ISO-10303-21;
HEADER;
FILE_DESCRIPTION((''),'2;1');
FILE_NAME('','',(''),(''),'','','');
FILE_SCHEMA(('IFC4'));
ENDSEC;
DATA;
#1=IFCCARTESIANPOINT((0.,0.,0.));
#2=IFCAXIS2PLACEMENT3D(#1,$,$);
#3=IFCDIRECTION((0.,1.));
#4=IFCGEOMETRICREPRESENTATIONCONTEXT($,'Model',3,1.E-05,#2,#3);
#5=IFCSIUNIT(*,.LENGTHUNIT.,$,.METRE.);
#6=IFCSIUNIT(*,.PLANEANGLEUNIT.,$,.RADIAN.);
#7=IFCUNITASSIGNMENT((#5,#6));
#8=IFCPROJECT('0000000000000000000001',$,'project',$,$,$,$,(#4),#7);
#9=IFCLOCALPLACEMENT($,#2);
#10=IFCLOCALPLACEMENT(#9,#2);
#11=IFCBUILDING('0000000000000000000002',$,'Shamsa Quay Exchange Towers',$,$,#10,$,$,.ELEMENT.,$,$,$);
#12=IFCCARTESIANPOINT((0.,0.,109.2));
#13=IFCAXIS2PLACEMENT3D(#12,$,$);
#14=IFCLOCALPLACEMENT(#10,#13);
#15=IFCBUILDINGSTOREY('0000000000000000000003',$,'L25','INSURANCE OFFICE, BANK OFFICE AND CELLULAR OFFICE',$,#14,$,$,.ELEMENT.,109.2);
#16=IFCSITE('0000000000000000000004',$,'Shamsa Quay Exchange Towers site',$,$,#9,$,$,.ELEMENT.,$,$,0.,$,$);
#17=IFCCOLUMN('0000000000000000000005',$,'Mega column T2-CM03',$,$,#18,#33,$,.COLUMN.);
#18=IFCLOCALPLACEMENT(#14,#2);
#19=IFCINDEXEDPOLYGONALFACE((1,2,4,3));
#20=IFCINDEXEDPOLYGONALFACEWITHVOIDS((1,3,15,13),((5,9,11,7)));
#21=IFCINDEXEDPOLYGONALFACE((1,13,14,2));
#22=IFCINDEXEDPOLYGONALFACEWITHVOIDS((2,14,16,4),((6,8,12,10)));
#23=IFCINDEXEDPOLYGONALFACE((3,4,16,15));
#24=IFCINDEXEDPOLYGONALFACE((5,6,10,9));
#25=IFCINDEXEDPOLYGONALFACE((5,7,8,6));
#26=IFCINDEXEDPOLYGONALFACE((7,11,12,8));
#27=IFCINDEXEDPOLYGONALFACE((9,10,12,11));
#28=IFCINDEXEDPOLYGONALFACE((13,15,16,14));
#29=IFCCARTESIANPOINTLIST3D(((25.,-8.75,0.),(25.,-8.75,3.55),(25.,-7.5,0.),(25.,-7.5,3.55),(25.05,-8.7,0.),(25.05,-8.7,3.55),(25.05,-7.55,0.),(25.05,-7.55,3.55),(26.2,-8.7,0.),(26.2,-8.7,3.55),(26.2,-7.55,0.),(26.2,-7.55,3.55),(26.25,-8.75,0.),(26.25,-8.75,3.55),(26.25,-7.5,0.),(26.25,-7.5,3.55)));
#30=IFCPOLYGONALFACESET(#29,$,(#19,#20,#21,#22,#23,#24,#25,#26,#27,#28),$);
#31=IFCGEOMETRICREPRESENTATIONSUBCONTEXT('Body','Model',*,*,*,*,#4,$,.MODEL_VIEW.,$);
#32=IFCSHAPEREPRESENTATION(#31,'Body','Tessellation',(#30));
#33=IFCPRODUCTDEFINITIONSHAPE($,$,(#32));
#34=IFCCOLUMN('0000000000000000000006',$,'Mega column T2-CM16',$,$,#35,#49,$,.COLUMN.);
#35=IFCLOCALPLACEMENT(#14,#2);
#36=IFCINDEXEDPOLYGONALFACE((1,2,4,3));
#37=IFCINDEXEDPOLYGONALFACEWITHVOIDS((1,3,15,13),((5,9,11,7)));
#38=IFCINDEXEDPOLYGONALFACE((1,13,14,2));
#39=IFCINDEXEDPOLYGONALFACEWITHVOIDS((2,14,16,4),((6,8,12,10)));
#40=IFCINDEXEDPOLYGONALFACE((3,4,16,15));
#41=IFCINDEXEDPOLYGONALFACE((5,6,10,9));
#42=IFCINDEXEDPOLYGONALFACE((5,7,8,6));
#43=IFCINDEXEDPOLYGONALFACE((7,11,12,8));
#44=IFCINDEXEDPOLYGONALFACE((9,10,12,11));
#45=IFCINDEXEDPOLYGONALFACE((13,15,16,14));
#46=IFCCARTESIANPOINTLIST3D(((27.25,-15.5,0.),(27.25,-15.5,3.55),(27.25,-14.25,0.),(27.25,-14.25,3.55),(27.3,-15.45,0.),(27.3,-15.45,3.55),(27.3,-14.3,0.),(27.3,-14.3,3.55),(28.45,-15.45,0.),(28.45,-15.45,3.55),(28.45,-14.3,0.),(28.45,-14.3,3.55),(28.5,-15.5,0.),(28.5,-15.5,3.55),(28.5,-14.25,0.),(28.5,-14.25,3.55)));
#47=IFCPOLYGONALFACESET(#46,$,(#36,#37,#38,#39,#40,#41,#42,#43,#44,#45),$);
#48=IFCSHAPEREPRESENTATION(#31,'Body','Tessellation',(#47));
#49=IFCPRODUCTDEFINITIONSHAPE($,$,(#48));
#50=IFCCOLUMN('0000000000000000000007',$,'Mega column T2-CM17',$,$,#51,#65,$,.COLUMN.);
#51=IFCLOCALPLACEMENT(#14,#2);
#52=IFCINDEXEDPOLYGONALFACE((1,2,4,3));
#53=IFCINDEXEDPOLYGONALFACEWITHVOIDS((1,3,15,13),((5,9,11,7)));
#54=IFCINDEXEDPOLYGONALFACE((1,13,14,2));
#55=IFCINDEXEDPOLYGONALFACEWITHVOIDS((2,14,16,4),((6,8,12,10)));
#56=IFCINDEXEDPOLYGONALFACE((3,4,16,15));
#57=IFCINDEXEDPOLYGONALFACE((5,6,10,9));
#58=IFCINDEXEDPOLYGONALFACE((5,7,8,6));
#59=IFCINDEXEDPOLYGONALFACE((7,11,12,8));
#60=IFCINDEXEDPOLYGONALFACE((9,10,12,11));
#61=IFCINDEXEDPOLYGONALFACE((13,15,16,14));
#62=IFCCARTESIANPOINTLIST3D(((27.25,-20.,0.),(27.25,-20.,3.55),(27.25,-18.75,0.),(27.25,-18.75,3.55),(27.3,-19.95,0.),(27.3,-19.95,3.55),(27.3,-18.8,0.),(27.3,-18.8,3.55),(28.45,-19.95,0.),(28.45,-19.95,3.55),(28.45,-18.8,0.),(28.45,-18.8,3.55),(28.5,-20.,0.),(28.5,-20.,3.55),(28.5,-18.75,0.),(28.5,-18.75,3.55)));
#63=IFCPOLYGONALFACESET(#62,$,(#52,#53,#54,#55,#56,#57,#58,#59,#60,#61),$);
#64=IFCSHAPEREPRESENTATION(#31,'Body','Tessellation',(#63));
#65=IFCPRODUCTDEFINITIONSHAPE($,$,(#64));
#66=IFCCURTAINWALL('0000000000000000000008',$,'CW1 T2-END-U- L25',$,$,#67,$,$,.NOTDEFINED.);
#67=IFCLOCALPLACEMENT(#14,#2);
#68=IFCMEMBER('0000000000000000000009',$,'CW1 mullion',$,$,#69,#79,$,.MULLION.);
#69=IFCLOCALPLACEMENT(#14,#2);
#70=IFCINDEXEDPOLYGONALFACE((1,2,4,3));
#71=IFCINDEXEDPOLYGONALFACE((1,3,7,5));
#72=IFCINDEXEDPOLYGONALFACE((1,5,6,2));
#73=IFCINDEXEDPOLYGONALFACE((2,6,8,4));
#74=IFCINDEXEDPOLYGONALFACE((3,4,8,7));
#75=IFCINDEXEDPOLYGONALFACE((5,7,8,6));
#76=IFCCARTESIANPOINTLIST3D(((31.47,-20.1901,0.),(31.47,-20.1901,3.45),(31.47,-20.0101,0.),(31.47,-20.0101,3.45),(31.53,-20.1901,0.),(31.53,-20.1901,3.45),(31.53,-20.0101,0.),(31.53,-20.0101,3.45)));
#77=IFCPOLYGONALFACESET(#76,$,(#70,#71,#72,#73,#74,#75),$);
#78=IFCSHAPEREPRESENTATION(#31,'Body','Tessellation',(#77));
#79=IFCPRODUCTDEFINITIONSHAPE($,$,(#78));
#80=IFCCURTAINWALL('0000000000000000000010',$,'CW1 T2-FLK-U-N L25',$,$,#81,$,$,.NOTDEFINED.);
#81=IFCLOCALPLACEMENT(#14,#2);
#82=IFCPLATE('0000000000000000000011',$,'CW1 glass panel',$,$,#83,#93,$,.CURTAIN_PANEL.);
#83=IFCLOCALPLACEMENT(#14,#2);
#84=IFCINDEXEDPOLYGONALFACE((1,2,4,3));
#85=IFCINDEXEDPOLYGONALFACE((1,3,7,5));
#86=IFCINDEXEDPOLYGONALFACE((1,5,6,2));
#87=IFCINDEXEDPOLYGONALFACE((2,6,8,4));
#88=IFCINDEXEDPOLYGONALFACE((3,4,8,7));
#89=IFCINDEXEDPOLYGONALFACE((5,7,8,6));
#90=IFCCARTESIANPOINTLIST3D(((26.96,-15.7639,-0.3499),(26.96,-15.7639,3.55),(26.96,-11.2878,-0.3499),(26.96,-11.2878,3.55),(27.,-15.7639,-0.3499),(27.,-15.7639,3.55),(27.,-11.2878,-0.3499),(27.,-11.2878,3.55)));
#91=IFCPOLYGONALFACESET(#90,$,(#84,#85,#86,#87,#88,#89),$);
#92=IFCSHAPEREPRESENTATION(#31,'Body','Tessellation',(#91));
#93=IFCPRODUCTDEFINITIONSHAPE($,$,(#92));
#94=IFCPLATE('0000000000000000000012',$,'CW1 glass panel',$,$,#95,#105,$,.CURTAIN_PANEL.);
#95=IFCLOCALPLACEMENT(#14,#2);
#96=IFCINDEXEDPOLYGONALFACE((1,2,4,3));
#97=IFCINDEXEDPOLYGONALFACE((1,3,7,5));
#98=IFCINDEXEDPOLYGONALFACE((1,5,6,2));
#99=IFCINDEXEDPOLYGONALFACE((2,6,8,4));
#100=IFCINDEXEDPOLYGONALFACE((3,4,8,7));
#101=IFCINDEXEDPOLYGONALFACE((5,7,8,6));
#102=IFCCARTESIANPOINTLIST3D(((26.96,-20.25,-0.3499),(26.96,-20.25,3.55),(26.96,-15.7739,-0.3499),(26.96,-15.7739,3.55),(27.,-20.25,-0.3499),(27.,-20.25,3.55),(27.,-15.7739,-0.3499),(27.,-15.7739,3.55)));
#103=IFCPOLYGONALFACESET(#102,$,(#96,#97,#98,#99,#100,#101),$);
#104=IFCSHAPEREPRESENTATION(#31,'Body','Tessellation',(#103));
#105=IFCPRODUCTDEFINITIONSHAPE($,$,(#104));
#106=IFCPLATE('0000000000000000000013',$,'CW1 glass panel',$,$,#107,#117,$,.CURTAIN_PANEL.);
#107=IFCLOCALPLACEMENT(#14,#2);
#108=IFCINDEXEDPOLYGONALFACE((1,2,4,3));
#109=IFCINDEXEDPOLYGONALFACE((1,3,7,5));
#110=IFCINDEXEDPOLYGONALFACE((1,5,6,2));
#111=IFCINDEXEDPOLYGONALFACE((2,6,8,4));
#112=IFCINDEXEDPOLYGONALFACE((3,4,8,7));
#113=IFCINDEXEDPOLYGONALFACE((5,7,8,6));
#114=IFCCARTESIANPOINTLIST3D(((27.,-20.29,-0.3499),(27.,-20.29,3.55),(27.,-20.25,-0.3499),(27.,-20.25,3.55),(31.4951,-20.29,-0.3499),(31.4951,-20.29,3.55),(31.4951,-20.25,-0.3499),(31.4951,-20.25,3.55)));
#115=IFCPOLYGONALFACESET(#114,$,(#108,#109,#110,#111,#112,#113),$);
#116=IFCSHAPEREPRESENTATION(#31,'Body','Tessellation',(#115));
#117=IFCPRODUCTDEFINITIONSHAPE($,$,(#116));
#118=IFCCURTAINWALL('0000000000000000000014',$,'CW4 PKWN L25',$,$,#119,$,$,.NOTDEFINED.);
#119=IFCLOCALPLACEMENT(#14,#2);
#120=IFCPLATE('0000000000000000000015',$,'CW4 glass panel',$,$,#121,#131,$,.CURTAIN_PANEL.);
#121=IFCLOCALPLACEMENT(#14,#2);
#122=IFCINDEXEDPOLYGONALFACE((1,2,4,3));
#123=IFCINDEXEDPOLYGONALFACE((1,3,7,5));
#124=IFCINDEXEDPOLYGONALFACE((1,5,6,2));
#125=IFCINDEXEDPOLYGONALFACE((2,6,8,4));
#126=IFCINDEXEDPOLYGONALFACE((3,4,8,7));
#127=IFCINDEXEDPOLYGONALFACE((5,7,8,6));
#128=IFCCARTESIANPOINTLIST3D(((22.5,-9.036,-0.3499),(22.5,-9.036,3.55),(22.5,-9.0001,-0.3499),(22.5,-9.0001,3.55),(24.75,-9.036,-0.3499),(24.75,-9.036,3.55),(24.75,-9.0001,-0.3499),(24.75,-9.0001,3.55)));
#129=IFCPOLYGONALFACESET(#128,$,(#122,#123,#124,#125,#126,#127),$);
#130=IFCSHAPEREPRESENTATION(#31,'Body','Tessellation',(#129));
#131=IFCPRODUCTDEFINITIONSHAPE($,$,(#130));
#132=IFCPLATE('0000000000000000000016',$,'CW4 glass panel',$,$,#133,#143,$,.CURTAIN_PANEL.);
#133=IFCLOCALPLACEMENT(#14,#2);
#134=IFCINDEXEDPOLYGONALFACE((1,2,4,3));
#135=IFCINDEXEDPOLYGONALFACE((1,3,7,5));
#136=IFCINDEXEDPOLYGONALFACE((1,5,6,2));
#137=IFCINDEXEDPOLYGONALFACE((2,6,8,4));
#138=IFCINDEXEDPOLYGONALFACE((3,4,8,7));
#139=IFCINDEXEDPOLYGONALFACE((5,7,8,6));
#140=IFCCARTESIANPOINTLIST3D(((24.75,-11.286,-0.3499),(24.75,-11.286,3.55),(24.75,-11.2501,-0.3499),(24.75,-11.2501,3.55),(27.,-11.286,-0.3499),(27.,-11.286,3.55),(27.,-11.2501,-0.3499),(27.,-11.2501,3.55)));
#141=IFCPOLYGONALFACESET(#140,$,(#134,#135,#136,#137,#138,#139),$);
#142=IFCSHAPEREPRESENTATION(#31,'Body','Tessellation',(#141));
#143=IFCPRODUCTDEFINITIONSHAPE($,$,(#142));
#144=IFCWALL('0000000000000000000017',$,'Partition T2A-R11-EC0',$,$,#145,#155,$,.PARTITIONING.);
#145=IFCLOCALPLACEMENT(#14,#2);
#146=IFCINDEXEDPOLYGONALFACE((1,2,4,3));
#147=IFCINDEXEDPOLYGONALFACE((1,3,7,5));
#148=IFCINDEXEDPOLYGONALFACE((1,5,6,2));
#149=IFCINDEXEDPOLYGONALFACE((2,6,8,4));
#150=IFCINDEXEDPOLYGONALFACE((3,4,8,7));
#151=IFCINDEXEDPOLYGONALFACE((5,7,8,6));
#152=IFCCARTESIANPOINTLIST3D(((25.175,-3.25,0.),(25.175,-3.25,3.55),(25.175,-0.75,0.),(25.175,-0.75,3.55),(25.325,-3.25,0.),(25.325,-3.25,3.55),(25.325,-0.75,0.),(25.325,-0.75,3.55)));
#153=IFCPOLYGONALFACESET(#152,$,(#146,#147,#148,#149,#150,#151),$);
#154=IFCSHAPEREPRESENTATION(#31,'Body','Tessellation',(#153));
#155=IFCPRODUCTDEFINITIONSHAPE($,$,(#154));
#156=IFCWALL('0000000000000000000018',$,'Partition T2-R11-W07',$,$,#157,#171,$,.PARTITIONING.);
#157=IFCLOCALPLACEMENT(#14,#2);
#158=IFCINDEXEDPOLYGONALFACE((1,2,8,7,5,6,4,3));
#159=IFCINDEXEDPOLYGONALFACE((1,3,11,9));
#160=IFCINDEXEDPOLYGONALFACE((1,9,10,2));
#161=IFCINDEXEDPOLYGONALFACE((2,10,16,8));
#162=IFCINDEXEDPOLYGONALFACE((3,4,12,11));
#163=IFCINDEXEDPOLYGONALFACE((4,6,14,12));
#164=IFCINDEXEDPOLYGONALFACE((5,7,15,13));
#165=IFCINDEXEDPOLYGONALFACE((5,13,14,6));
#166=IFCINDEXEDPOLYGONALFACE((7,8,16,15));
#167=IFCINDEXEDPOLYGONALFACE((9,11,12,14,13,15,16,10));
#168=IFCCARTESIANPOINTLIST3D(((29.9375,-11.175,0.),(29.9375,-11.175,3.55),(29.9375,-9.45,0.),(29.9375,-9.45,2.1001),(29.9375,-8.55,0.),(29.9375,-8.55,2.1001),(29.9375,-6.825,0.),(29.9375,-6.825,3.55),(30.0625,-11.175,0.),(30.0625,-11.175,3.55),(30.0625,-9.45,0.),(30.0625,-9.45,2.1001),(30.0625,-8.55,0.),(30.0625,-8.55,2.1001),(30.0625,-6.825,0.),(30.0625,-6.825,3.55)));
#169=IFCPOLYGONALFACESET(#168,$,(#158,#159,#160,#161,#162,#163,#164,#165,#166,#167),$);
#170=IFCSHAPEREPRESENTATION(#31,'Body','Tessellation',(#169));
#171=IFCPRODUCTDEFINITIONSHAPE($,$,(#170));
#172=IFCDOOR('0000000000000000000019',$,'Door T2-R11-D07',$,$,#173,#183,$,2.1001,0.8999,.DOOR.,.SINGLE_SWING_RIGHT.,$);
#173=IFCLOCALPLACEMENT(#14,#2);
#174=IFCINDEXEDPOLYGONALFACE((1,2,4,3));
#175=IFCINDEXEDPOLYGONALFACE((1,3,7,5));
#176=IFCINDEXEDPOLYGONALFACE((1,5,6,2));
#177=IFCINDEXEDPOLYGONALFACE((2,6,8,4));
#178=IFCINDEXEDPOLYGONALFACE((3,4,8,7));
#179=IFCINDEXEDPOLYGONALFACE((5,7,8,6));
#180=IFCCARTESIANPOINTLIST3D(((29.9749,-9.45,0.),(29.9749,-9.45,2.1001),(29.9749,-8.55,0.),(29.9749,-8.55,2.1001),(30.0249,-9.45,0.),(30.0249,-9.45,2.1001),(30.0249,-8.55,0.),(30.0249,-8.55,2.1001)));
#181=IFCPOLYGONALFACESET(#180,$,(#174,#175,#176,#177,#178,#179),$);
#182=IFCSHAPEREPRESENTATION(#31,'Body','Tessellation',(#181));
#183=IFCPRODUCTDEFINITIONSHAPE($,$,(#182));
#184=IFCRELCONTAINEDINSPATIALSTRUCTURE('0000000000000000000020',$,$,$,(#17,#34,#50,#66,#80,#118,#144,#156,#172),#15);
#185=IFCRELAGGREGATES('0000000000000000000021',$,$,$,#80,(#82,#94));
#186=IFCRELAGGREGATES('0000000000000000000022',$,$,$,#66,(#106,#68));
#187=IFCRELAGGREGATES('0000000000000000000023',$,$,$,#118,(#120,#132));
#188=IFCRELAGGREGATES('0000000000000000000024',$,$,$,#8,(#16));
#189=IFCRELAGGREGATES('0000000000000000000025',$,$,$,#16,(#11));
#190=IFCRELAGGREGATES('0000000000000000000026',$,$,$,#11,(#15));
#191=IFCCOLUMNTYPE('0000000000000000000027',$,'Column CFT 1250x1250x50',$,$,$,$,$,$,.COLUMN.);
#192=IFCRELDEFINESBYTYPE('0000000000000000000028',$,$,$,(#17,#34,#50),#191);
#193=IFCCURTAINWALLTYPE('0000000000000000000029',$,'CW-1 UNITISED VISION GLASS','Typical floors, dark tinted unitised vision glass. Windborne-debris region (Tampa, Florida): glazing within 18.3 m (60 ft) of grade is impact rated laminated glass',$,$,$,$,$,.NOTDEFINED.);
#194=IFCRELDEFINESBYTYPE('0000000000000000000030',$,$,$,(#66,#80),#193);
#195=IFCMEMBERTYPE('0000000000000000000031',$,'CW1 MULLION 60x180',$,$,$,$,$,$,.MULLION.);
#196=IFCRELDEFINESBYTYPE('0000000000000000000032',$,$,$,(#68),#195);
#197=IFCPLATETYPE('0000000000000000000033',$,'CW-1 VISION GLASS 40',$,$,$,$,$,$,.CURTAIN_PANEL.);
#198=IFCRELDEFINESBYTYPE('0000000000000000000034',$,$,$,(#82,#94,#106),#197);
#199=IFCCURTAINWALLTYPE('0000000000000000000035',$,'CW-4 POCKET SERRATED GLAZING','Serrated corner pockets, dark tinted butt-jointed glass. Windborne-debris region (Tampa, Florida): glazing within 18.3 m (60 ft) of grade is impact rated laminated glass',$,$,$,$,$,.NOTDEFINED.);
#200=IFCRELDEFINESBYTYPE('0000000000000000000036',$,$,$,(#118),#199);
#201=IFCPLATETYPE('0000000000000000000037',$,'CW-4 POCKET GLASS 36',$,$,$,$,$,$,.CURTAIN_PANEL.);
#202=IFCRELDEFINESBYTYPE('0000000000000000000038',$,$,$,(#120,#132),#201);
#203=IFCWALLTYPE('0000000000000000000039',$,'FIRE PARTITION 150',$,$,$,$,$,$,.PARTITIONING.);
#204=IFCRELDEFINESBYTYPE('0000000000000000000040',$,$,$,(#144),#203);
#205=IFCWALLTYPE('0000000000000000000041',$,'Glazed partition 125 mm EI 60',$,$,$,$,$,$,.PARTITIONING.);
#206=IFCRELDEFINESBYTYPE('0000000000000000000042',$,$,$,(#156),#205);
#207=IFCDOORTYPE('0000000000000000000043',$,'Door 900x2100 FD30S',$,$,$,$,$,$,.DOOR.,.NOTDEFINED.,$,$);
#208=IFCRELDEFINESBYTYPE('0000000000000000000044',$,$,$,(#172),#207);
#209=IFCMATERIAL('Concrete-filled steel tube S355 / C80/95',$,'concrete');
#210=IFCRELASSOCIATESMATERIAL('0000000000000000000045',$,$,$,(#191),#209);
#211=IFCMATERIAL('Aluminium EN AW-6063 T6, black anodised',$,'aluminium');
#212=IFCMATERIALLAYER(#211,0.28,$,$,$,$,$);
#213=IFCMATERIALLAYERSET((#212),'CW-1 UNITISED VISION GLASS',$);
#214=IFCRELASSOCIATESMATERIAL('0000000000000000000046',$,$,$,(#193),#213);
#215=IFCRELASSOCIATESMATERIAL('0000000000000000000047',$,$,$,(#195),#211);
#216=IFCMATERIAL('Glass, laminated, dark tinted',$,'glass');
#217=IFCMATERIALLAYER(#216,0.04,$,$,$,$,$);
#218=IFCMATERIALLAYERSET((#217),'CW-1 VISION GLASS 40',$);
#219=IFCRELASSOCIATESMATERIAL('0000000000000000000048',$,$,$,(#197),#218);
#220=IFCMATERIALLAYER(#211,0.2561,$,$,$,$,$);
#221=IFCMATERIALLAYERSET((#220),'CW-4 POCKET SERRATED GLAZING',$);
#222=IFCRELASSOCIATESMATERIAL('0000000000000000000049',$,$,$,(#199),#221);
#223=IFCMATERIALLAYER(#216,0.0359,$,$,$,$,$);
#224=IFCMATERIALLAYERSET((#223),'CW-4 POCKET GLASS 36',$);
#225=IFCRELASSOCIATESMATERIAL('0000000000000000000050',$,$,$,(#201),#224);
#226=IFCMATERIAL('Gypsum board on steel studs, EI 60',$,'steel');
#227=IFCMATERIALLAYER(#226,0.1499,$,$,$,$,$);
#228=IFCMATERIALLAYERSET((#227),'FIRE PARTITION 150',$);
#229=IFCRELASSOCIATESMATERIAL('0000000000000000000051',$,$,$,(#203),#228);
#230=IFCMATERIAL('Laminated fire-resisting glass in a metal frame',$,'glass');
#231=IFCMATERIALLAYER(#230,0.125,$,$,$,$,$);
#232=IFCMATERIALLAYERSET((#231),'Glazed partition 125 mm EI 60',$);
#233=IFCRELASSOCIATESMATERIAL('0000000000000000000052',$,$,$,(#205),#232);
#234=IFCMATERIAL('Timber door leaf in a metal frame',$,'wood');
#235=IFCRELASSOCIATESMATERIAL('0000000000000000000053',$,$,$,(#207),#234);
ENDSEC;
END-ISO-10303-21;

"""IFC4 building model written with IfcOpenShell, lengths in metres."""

from ifc_helpers import new_model, si_unit, direction, frame, frame_2d, origin, origin_2d, place, context, subcontext, project, spatial, rectangle, hollow_rectangle, extrude, material, layer, layer_set, material_profile, profile_set, type_object, element, fill, aggregate, save


model = new_model("IFC4")

# Units and contexts
model_context = context("Model", 3, precision=1e-05, world=origin(), true_north=direction((0.0, 1.0)))
body_context = subcontext(model_context, "Body", "Model", "MODEL_VIEW")
ifc_project = project(units=[si_unit("LENGTHUNIT", "METRE"), si_unit("PLANEANGLEUNIT", "RADIAN")], contexts=[model_context])

# Site, building, storey
site_placement = place(None, origin())
site = spatial("IfcSite", under=ifc_project, at=site_placement, Name="Shamsa Quay Exchange Towers site", CompositionType="ELEMENT", RefElevation=0.0)
building_placement = place(site_placement, origin())
building = spatial("IfcBuilding", under=site, at=building_placement, Name="Shamsa Quay Exchange Towers", CompositionType="ELEMENT")
storey_placement = place(building_placement, frame((0.0, 0.0, 109.2)))
storey = spatial("IfcBuildingStorey", under=building, at=storey_placement, Name="L25", Description="INSURANCE OFFICE, BANK OFFICE AND CELLULAR OFFICE", CompositionType="ELEMENT", Elevation=109.2)

# Columns
ifc_material_1 = material(Name="Concrete-filled steel tube S355 / C80/95", Category="concrete")
ifc_material_profile_1 = material_profile(ifc_material_1, hollow_rectangle(XDim=1.25, YDim=1.25, WallThickness=0.05, at=origin_2d()), Name="CFT 1250x1250x50")
ifc_profile_set_1 = profile_set([ifc_material_profile_1], Name="Concrete-filled steel tube S355 / C80/95")
column_type = type_object("IfcColumnType", Name="Column CFT 1250x1250x50", PredefinedType="COLUMN", material=ifc_profile_set_1)
for number, where, name in (
    (1, (25.625, -8.125, 0.0), "Mega column T2-CM03"),
    (2, (27.875, -14.875, 0.0), "Mega column T2-CM16"),
    (3, (27.875, -19.375, 0.0), "Mega column T2-CM17"),
):
    element("IfcColumn", number, at=place(storey_placement, frame(where)), inside=storey, type_object=column_type, Name=name, PredefinedType="COLUMN", context=body_context, shape_type="SweptSolid", body=[
        extrude(hollow_rectangle(XDim=1.25, YDim=1.25, WallThickness=0.05, at=origin_2d()), origin(), (0.0, 0.0, 1.0), 3.55),
    ])

# Curtain wall, member
ifc_material_2 = material(Name="Aluminium EN AW-6063 T6, black anodised", Category="aluminium")
ifc_layer_1 = layer(ifc_material_2, 0.28)
ifc_layer_set_1 = layer_set([ifc_layer_1], Name="CW-1 UNITISED VISION GLASS")
curtain_wall_type_1 = type_object("IfcCurtainWallType", Name="CW-1 UNITISED VISION GLASS", Description="Typical floors, dark tinted unitised vision glass. Windborne-debris region (Tampa, Florida): glazing within 18.3 m (60 ft) of grade is impact rated laminated glass", PredefinedType="NOTDEFINED", material=ifc_layer_set_1)
curtain_wall_1_placement = place(storey_placement, origin())
curtain_wall_1 = element("IfcCurtainWall", 4, at=curtain_wall_1_placement, inside=storey, type_object=curtain_wall_type_1, Name="CW1 T2-END-U- L25", PredefinedType="NOTDEFINED")
ifc_material_profile_2 = material_profile(ifc_material_2, rectangle(XDim=0.1799, YDim=0.0601, at=origin_2d()), Name="MU60x180")
ifc_profile_set_2 = profile_set([ifc_material_profile_2], Name="Aluminium EN AW-6063 T6, black anodised")
member_type = type_object("IfcMemberType", Name="CW1 MULLION 60x180", PredefinedType="MULLION", material=ifc_profile_set_2)
member_placement = place(storey_placement, frame((31.5, -20.1001, 0.0), z_axis=(0.0, 0.0, 1.0), x_axis=(0.0, 1.0, 0.0)))
member = element("IfcMember", 5, at=member_placement, type_object=member_type, Name="CW1 mullion", PredefinedType="MULLION", context=body_context, shape_type="SweptSolid", body=[
    extrude(rectangle(XDim=0.1799, YDim=0.0601, at=origin_2d()), origin(), (0.0, 0.0, 1.0), 3.45),
])

# Curtain wall, plates
curtain_wall_2_placement = place(storey_placement, origin())
curtain_wall_2 = element("IfcCurtainWall", 6, at=curtain_wall_2_placement, inside=storey, type_object=curtain_wall_type_1, Name="CW1 T2-FLK-U-N L25", PredefinedType="NOTDEFINED")
ifc_material_3 = material(Name="Glass, laminated, dark tinted", Category="glass")
ifc_layer_2 = layer(ifc_material_3, 0.04)
ifc_layer_set_2 = layer_set([ifc_layer_2], Name="CW-1 VISION GLASS 40")
plate_type_1 = type_object("IfcPlateType", Name="CW-1 VISION GLASS 40", PredefinedType="CURTAIN_PANEL", material=ifc_layer_set_2)
plate_1_placement = place(storey_placement, frame((26.98, -13.5259, -0.3499), z_axis=(0.0, 0.0, 1.0), x_axis=(0.0, -1.0, 0.0)))
plate_1 = element("IfcPlate", 7, at=plate_1_placement, type_object=plate_type_1, Name="CW1 glass panel", PredefinedType="CURTAIN_PANEL", context=body_context, shape_type="SweptSolid", body=[
    extrude(rectangle(XDim=4.4761, YDim=0.04, at=origin_2d()), origin(), (0.0, 0.0, 1.0), 3.8999),
])
plate_2_placement = place(storey_placement, frame((26.98, -18.012, -0.3499), z_axis=(0.0, 0.0, 1.0), x_axis=(0.0, -1.0, 0.0)))
plate_2 = element("IfcPlate", 8, at=plate_2_placement, type_object=plate_type_1, Name="CW1 glass panel", PredefinedType="CURTAIN_PANEL", context=body_context, shape_type="SweptSolid", body=[
    extrude(rectangle(XDim=4.4761, YDim=0.04, at=origin_2d()), origin(), (0.0, 0.0, 1.0), 3.8999),
])
aggregate(curtain_wall_2, [plate_1, plate_2])

# Plate
plate_3_placement = place(storey_placement, frame((29.2476, -20.27, -0.3499)))
plate_3 = element("IfcPlate", 9, at=plate_3_placement, type_object=plate_type_1, Name="CW1 glass panel", PredefinedType="CURTAIN_PANEL", context=body_context, shape_type="SweptSolid", body=[
    extrude(rectangle(XDim=4.4951, YDim=0.04, at=origin_2d()), origin(), (0.0, 0.0, 1.0), 3.8999),
])
aggregate(curtain_wall_1, [plate_3, member])

# Curtain wall, plates
ifc_layer_3 = layer(ifc_material_2, 0.2561)
ifc_layer_set_3 = layer_set([ifc_layer_3], Name="CW-4 POCKET SERRATED GLAZING")
curtain_wall_type_2 = type_object("IfcCurtainWallType", Name="CW-4 POCKET SERRATED GLAZING", Description="Serrated corner pockets, dark tinted butt-jointed glass. Windborne-debris region (Tampa, Florida): glazing within 18.3 m (60 ft) of grade is impact rated laminated glass", PredefinedType="NOTDEFINED", material=ifc_layer_set_3)
curtain_wall_3_placement = place(storey_placement, origin())
curtain_wall_3 = element("IfcCurtainWall", 10, at=curtain_wall_3_placement, inside=storey, type_object=curtain_wall_type_2, Name="CW4 PKWN L25", PredefinedType="NOTDEFINED")
ifc_layer_4 = layer(ifc_material_3, 0.0359)
ifc_layer_set_4 = layer_set([ifc_layer_4], Name="CW-4 POCKET GLASS 36")
plate_type_2 = type_object("IfcPlateType", Name="CW-4 POCKET GLASS 36", PredefinedType="CURTAIN_PANEL", material=ifc_layer_set_4)
plate_4_placement = place(storey_placement, frame((23.625, -9.0181, -0.3499)))
plate_4 = element("IfcPlate", 11, at=plate_4_placement, type_object=plate_type_2, Name="CW4 glass panel", PredefinedType="CURTAIN_PANEL", context=body_context, shape_type="SweptSolid", body=[
    extrude(rectangle(XDim=2.25, YDim=0.0359, at=origin_2d()), origin(), (0.0, 0.0, 1.0), 3.8999),
])
plate_5_placement = place(storey_placement, frame((25.875, -11.2681, -0.3499)))
plate_5 = element("IfcPlate", 12, at=plate_5_placement, type_object=plate_type_2, Name="CW4 glass panel", PredefinedType="CURTAIN_PANEL", context=body_context, shape_type="SweptSolid", body=[
    extrude(rectangle(XDim=2.25, YDim=0.0359, at=origin_2d()), origin(), (0.0, 0.0, 1.0), 3.8999),
])
aggregate(curtain_wall_3, [plate_4, plate_5])

# Wall
ifc_material_4 = material(Name="Gypsum board on steel studs, EI 60", Category="steel")
ifc_layer_5 = layer(ifc_material_4, 0.1499)
ifc_layer_set_5 = layer_set([ifc_layer_5], Name="FIRE PARTITION 150")
wall_type_1 = type_object("IfcWallType", Name="FIRE PARTITION 150", PredefinedType="PARTITIONING", material=ifc_layer_set_5)
wall_1_placement = place(storey_placement, frame((25.25, -3.25, 0.0), z_axis=(0.0, 0.0, 1.0), x_axis=(0.0, 1.0, 0.0)))
element("IfcWall", 13, at=wall_1_placement, inside=storey, type_object=wall_type_1, Name="Partition T2A-R11-EC0", PredefinedType="PARTITIONING", context=body_context, shape_type="SweptSolid", body=[
    extrude(rectangle(XDim=2.5, YDim=0.1499, at=frame_2d((1.25, 0.0))), origin(), (0.0, 0.0, 1.0), 3.55),
])

# Wall, opening, door
ifc_material_5 = material(Name="Laminated fire-resisting glass in a metal frame", Category="glass")
ifc_layer_6 = layer(ifc_material_5, 0.125)
ifc_layer_set_6 = layer_set([ifc_layer_6], Name="Glazed partition 125 mm EI 60")
wall_type_2 = type_object("IfcWallType", Name="Glazed partition 125 mm EI 60", PredefinedType="PARTITIONING", material=ifc_layer_set_6)
wall_2_placement = place(storey_placement, frame((30.0, -6.825, 0.0), z_axis=(0.0, 0.0, 1.0), x_axis=(0.0, -1.0, 0.0)))
wall_2 = element("IfcWall", 14, at=wall_2_placement, inside=storey, type_object=wall_type_2, Name="Partition T2-R11-W07", PredefinedType="PARTITIONING", context=body_context, shape_type="SweptSolid", body=[
    extrude(rectangle(XDim=4.3501, YDim=0.125, at=frame_2d((2.175, 0.0))), origin(), (0.0, 0.0, 1.0), 3.55),
])
opening_1_placement = place(wall_2_placement, frame((1.7251, 0.0, 0.0)))
opening_1 = element("IfcOpeningElement", 15, at=opening_1_placement, cuts=wall_2, PredefinedType="OPENING", context=body_context, shape_type="SweptSolid", body=[
    extrude(rectangle(XDim=0.8999, YDim=2.1001, at=frame_2d((0.45, 1.05))), frame((0.0, 0.0725, 0.0), z_axis=(0.0, -1.0, 0.0), x_axis=(1.0, 0.0, 0.0)), (0.0, 0.0, 1.0), 0.145),
])
ifc_material_6 = material(Name="Timber door leaf in a metal frame", Category="wood")
door_type_1 = type_object("IfcDoorType", Name="Door 900x2100 FD30S", OperationType="NOTDEFINED", PredefinedType="DOOR", material=ifc_material_6)
door_1_placement = place(opening_1_placement, origin())
door_1 = element("IfcDoor", 16, at=door_1_placement, inside=storey, type_object=door_type_1, Name="Door T2-R11-D07", OperationType="SINGLE_SWING_RIGHT", OverallHeight=2.1001, OverallWidth=0.8999, PredefinedType="DOOR", context=body_context, shape_type="SweptSolid", body=[
    extrude(rectangle(XDim=0.8999, YDim=2.1001, at=frame_2d((0.45, 1.05))), frame((0.0, 0.0249, 0.0), z_axis=(0.0, -1.0, 0.0), x_axis=(1.0, 0.0, 0.0)), (0.0, 0.0, 1.0), 0.05),
])
fill(opening_1, door_1)

save(model, "model.ifc")
